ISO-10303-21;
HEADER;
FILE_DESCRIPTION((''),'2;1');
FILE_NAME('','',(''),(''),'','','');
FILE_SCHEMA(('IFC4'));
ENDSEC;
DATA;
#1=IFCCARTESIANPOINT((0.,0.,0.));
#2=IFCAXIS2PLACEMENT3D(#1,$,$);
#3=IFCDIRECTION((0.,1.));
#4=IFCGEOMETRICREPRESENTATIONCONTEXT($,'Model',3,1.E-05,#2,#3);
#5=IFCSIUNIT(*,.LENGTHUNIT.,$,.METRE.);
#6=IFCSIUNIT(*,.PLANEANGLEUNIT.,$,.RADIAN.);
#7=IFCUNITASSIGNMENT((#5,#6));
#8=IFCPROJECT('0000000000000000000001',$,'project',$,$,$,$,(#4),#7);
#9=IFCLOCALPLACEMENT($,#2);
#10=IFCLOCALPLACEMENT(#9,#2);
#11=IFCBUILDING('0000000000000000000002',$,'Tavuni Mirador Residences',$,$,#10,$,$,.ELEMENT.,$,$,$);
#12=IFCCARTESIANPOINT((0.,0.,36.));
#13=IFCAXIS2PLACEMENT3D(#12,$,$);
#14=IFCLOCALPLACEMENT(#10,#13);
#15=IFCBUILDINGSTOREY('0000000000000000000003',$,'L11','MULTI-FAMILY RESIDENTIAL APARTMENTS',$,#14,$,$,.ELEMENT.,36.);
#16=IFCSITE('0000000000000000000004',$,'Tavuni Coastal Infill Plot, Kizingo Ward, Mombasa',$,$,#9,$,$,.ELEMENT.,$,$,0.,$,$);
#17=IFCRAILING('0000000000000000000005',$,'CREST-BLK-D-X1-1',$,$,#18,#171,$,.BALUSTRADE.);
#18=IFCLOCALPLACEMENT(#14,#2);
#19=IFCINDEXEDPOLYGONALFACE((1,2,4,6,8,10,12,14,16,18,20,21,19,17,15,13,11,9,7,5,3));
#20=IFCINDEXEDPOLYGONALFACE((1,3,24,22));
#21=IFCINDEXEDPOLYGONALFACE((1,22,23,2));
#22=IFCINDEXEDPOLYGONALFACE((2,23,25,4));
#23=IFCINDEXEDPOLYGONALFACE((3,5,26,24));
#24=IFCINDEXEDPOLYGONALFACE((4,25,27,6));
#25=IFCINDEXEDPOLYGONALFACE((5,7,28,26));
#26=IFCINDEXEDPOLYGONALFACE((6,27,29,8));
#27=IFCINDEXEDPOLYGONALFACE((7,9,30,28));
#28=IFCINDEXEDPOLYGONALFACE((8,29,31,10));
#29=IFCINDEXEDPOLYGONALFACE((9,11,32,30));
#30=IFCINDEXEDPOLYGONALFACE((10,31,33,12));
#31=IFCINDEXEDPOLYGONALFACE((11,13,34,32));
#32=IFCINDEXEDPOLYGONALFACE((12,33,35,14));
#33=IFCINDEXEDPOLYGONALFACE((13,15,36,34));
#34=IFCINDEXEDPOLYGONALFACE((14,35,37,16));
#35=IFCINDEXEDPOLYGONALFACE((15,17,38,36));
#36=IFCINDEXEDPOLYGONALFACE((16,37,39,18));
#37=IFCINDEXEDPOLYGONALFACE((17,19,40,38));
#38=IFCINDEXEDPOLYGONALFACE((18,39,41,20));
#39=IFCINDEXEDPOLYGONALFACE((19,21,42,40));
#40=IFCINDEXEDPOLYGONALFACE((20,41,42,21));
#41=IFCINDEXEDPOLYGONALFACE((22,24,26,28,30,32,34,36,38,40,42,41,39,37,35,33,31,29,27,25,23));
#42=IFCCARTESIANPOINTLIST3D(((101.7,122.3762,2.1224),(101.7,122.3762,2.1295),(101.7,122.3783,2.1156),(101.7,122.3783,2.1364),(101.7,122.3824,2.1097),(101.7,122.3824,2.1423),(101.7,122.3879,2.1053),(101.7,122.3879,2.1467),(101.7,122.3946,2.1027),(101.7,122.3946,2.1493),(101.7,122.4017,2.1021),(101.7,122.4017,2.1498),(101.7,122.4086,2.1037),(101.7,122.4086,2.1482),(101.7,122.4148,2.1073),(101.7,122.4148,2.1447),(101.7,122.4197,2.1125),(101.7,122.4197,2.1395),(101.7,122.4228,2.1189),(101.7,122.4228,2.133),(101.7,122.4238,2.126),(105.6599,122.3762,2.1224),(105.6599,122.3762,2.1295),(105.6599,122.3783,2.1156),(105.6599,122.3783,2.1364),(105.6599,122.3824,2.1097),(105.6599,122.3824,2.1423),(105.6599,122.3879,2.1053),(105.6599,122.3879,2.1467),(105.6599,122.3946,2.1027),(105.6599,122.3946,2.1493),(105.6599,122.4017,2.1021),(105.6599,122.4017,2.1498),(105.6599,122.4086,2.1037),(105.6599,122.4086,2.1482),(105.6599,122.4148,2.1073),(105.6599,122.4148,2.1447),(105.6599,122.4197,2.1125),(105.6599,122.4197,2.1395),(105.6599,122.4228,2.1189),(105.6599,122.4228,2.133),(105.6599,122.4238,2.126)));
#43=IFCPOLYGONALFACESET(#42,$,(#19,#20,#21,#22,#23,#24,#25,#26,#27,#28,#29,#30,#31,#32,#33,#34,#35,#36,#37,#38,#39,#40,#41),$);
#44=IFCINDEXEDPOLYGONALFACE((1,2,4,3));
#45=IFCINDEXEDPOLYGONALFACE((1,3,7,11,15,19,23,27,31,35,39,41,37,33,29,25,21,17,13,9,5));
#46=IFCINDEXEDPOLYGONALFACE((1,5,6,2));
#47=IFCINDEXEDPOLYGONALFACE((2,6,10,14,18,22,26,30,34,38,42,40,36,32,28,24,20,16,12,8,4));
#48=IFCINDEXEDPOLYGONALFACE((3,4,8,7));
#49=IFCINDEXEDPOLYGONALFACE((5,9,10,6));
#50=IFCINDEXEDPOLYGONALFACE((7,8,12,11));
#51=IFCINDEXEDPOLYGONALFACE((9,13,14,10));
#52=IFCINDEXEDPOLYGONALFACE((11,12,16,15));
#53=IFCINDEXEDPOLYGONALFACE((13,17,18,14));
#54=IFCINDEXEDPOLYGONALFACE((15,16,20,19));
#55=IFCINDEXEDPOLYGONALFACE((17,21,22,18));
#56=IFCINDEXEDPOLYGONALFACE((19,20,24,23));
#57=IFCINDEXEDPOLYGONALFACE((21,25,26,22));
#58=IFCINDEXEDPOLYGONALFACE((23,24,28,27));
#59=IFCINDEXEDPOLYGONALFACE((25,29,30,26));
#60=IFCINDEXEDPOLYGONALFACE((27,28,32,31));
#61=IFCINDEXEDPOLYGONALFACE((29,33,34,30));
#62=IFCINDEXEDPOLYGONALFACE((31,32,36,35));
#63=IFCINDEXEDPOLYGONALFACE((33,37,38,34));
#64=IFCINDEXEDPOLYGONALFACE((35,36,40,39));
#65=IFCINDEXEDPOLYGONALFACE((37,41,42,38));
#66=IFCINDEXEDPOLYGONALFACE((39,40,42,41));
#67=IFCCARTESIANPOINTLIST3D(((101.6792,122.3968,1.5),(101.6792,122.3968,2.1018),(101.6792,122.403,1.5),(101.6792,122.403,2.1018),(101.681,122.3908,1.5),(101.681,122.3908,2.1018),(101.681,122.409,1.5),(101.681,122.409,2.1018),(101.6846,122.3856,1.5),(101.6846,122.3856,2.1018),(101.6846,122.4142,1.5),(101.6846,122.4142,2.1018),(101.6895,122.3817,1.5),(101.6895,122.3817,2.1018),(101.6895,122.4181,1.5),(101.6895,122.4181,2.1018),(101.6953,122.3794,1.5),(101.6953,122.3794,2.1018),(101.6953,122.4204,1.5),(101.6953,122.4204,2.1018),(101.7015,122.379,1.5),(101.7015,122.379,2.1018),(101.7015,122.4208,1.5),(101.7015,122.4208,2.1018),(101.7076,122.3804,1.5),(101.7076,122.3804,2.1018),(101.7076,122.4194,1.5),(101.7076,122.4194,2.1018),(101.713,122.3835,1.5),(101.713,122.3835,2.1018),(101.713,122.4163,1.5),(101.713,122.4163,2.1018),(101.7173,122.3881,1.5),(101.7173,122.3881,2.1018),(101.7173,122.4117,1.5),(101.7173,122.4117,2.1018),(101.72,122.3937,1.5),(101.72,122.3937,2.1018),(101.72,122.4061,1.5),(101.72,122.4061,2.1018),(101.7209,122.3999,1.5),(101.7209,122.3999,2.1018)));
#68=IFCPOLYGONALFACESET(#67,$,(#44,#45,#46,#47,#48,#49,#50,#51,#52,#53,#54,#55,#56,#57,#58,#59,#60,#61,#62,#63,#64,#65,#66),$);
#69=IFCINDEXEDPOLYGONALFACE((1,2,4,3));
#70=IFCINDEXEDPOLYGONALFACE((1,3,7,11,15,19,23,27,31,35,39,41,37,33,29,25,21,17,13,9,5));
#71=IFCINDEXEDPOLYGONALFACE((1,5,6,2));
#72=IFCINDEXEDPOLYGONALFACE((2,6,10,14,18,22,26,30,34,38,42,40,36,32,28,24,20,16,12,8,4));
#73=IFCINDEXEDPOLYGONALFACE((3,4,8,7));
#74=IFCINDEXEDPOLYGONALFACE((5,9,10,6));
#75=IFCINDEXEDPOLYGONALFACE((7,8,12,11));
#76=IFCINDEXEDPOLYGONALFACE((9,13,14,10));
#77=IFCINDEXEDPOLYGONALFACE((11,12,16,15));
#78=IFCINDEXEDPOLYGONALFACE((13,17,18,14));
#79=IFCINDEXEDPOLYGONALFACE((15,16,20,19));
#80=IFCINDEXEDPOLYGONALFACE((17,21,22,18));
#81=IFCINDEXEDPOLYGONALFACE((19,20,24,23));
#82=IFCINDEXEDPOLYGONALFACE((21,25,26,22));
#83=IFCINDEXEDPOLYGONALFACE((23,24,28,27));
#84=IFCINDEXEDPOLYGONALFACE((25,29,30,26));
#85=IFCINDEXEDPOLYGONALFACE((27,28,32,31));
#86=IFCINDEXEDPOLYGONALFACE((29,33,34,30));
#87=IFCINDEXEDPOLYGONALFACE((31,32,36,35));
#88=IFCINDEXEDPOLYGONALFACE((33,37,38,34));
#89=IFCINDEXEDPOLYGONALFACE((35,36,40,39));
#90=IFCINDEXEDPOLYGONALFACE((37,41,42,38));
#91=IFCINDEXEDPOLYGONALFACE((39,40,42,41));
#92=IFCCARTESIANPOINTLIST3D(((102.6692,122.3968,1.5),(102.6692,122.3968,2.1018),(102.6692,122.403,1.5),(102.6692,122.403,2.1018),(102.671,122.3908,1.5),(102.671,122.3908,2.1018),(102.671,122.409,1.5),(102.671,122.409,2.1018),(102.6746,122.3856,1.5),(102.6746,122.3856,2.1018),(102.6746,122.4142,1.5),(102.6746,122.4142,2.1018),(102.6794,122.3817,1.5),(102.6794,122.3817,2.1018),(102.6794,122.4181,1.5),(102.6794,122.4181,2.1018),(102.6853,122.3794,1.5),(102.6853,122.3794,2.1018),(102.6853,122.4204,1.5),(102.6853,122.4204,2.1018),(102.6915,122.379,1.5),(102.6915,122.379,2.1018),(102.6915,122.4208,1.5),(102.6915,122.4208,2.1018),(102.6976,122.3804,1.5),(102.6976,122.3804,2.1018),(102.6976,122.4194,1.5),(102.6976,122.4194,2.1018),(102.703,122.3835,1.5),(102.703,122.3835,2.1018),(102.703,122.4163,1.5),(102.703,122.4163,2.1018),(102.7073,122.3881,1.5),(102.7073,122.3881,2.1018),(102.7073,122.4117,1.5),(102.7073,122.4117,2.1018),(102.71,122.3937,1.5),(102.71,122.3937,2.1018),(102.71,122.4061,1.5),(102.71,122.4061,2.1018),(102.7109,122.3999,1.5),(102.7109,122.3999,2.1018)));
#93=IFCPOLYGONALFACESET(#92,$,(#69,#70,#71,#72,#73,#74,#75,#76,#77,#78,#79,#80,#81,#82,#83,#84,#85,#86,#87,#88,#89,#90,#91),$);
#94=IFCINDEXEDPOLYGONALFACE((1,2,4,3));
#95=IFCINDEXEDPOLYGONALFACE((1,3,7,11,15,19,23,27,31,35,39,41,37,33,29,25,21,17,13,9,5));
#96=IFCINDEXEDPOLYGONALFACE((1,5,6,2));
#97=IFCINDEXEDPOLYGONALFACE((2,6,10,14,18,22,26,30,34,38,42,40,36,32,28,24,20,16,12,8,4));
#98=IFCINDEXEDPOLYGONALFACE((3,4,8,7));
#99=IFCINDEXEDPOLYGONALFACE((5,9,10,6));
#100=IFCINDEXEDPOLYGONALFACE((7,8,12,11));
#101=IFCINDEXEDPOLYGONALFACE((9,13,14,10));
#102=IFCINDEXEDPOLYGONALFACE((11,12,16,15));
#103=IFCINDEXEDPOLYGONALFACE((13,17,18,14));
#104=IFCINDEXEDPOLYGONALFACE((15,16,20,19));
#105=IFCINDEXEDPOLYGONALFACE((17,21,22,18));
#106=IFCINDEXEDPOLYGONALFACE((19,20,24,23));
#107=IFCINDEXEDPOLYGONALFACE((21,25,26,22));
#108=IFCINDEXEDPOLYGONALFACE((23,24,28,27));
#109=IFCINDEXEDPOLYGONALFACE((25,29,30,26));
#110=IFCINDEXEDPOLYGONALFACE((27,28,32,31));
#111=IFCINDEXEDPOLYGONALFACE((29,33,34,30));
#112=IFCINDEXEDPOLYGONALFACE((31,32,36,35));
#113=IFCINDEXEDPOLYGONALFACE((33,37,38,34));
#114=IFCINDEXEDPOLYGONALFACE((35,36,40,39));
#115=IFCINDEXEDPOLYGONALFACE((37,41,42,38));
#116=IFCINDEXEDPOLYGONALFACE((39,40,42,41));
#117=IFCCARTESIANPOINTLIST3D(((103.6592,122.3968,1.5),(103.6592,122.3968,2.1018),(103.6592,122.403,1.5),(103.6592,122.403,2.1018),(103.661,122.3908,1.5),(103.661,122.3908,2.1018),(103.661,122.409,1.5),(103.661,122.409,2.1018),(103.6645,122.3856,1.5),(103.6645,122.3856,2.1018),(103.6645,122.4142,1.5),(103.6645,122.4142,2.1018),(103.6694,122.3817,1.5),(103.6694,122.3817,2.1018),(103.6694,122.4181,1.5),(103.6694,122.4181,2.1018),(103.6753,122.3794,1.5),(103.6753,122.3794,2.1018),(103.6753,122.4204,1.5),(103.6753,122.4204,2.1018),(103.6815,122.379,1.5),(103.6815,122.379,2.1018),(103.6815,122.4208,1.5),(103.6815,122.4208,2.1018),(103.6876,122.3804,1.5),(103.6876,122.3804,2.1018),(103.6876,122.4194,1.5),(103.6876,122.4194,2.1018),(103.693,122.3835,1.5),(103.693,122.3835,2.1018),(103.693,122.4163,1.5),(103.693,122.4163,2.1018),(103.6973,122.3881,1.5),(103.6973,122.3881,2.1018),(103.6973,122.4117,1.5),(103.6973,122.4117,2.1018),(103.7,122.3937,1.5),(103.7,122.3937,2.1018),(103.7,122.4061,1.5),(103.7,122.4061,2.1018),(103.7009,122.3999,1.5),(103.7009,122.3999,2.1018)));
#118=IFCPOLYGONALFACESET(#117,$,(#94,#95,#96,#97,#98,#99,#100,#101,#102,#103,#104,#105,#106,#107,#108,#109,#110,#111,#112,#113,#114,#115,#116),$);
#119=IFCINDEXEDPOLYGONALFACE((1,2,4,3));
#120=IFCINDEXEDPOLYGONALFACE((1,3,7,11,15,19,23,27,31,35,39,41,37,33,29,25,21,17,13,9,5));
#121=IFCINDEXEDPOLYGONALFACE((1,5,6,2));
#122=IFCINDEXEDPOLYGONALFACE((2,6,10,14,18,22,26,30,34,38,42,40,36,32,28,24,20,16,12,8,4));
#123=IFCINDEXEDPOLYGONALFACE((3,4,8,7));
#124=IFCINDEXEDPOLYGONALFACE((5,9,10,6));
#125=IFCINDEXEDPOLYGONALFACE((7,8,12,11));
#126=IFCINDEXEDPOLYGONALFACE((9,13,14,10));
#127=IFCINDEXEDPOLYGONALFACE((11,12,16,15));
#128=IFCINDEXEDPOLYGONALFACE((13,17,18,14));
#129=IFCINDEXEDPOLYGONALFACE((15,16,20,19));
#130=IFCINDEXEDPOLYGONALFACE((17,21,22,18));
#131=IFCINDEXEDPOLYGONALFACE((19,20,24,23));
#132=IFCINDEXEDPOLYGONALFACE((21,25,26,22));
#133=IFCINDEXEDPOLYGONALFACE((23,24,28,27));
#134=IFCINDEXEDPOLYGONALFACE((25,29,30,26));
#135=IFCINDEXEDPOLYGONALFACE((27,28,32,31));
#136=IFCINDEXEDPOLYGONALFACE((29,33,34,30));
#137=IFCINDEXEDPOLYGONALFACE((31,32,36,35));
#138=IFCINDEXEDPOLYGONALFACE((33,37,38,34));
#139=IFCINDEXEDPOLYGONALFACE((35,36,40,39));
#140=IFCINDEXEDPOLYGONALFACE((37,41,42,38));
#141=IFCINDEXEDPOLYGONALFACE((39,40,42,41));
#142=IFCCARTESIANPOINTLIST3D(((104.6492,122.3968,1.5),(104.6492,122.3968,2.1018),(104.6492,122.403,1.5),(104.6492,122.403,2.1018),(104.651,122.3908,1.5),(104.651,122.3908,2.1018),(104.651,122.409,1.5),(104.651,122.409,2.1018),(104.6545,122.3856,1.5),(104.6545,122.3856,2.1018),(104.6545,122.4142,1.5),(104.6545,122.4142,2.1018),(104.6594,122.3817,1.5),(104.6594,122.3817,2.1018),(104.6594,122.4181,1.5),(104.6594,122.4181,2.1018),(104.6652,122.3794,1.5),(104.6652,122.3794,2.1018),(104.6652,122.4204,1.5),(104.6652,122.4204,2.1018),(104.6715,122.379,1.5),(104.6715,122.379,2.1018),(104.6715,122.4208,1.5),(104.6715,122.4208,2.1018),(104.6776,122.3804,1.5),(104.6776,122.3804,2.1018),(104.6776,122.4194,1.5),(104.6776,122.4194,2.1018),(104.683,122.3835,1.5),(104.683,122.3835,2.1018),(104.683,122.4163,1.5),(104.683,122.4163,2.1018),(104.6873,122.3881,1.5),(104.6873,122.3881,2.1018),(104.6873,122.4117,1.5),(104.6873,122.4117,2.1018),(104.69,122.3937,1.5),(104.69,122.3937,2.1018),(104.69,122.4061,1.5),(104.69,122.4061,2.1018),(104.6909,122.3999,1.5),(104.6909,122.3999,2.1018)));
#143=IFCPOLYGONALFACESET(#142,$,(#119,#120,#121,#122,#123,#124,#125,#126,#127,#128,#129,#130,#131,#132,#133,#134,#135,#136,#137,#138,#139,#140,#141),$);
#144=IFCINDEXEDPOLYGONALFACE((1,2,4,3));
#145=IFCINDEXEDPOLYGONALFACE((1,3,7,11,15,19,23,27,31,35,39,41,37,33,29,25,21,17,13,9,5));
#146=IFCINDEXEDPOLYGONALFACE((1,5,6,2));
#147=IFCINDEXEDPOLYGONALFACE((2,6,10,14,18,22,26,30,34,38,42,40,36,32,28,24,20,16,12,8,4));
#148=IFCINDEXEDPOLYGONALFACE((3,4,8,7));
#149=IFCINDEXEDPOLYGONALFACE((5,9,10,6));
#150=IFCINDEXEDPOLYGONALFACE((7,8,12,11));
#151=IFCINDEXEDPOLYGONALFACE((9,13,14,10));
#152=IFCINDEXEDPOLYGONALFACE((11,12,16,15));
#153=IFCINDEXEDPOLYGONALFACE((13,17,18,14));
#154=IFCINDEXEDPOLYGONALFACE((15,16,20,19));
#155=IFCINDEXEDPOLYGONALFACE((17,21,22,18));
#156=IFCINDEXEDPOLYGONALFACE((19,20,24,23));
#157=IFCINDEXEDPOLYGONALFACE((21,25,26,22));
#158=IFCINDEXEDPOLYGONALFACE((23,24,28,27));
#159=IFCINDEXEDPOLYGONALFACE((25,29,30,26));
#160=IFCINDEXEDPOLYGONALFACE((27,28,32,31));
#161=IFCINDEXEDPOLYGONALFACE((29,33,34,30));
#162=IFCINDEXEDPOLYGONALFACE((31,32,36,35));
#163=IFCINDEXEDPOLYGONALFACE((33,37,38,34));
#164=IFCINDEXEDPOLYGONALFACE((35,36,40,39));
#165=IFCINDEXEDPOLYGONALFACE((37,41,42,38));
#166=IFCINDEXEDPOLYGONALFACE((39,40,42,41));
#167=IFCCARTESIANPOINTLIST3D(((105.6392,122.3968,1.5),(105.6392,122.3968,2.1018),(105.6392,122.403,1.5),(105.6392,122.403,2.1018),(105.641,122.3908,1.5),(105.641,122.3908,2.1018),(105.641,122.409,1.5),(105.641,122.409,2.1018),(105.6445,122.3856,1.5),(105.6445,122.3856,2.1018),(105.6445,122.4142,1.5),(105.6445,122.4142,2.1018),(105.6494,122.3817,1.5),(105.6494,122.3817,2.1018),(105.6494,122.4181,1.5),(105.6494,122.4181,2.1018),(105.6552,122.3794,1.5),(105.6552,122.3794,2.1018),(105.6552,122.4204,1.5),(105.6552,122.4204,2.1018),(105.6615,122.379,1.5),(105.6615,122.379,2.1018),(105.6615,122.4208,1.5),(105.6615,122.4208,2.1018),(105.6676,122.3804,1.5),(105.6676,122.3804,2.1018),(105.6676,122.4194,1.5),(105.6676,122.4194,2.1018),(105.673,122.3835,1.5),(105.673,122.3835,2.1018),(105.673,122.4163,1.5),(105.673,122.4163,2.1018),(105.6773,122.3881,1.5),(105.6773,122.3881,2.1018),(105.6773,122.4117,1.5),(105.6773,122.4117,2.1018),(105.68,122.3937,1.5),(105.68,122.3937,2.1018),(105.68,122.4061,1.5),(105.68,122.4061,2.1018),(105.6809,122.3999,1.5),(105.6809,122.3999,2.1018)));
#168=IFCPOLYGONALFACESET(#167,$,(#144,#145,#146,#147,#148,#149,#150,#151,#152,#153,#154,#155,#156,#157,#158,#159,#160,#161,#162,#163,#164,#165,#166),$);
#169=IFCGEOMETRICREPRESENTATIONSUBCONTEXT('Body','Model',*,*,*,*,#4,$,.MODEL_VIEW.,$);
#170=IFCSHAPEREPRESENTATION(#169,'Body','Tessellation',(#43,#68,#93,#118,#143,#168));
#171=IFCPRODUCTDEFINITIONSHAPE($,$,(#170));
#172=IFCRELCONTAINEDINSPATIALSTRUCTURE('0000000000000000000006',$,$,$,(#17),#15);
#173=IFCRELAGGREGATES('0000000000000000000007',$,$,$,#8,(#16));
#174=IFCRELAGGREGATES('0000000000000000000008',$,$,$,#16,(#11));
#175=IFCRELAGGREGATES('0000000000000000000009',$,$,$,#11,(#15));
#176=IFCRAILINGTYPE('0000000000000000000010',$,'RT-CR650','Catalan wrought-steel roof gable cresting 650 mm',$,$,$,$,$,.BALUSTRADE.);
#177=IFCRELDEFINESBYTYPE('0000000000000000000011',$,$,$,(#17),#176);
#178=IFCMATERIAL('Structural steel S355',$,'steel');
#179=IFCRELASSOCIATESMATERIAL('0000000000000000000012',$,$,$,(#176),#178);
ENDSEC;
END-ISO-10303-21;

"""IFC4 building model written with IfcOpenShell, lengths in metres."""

from ifc_helpers import new_model, si_unit, direction, frame, origin, origin_2d, place, context, subcontext, project, spatial, circle, extrude, material, type_object, element, save


model = new_model("IFC4")

# Units and contexts
model_context = context("Model", 3, precision=1e-05, world=origin(), true_north=direction((0.0, 1.0)))
body_context = subcontext(model_context, "Body", "Model", "MODEL_VIEW")
ifc_project = project(units=[si_unit("LENGTHUNIT", "METRE"), si_unit("PLANEANGLEUNIT", "RADIAN")], contexts=[model_context])

# Site, building, storey
site_placement = place(None, origin())
site = spatial("IfcSite", under=ifc_project, at=site_placement, Name="Tavuni Coastal Infill Plot, Kizingo Ward, Mombasa", CompositionType="ELEMENT", RefElevation=0.0)
building_placement = place(site_placement, origin())
building = spatial("IfcBuilding", under=site, at=building_placement, Name="Tavuni Mirador Residences", CompositionType="ELEMENT")
storey_placement = place(building_placement, frame((0.0, 0.0, 36.0)))
storey = spatial("IfcBuildingStorey", under=building, at=storey_placement, Name="L11", Description="MULTI-FAMILY RESIDENTIAL APARTMENTS", CompositionType="ELEMENT", Elevation=36.0)

# Shared definitions
ifc_material_1 = material(Name="Structural steel S355", Category="steel")

# Railing
railing_type = type_object("IfcRailingType", Name="RT-CR650", Description="Catalan wrought-steel roof gable cresting 650 mm", PredefinedType="BALUSTRADE", material=ifc_material_1)
for number, where, name in (
    (1, (101.7, 122.3999, 1.5), "CREST-BLK-D-X1-1"),
):
    element("IfcRailing", number, at=place(storey_placement, frame(where)), inside=storey, type_object=railing_type, Name=name, PredefinedType="BALUSTRADE", context=body_context, shape_type="SweptSolid", body=[
        extrude(circle(Radius=0.0239, at=origin_2d()), frame((0.0, 0.0, 0.626), z_axis=(1.0, 0.0, 0.0), x_axis=(0.0, 1.0, 0.0)), (0.0, 0.0, 1.0), 3.96),
        extrude(circle(Radius=0.021, at=origin_2d()), origin(), (0.0, 0.0, 1.0), 0.6018),
        extrude(circle(Radius=0.021, at=origin_2d()), frame((0.99, 0.0, 0.0)), (0.0, 0.0, 1.0), 0.6018),
        extrude(circle(Radius=0.021, at=origin_2d()), frame((1.98, 0.0, 0.0)), (0.0, 0.0, 1.0), 0.6018),
        extrude(circle(Radius=0.021, at=origin_2d()), frame((2.97, 0.0, 0.0)), (0.0, 0.0, 1.0), 0.6018),
        extrude(circle(Radius=0.021, at=origin_2d()), frame((3.96, 0.0, 0.0)), (0.0, 0.0, 1.0), 0.6018),
    ])

save(model, "model.ifc")
